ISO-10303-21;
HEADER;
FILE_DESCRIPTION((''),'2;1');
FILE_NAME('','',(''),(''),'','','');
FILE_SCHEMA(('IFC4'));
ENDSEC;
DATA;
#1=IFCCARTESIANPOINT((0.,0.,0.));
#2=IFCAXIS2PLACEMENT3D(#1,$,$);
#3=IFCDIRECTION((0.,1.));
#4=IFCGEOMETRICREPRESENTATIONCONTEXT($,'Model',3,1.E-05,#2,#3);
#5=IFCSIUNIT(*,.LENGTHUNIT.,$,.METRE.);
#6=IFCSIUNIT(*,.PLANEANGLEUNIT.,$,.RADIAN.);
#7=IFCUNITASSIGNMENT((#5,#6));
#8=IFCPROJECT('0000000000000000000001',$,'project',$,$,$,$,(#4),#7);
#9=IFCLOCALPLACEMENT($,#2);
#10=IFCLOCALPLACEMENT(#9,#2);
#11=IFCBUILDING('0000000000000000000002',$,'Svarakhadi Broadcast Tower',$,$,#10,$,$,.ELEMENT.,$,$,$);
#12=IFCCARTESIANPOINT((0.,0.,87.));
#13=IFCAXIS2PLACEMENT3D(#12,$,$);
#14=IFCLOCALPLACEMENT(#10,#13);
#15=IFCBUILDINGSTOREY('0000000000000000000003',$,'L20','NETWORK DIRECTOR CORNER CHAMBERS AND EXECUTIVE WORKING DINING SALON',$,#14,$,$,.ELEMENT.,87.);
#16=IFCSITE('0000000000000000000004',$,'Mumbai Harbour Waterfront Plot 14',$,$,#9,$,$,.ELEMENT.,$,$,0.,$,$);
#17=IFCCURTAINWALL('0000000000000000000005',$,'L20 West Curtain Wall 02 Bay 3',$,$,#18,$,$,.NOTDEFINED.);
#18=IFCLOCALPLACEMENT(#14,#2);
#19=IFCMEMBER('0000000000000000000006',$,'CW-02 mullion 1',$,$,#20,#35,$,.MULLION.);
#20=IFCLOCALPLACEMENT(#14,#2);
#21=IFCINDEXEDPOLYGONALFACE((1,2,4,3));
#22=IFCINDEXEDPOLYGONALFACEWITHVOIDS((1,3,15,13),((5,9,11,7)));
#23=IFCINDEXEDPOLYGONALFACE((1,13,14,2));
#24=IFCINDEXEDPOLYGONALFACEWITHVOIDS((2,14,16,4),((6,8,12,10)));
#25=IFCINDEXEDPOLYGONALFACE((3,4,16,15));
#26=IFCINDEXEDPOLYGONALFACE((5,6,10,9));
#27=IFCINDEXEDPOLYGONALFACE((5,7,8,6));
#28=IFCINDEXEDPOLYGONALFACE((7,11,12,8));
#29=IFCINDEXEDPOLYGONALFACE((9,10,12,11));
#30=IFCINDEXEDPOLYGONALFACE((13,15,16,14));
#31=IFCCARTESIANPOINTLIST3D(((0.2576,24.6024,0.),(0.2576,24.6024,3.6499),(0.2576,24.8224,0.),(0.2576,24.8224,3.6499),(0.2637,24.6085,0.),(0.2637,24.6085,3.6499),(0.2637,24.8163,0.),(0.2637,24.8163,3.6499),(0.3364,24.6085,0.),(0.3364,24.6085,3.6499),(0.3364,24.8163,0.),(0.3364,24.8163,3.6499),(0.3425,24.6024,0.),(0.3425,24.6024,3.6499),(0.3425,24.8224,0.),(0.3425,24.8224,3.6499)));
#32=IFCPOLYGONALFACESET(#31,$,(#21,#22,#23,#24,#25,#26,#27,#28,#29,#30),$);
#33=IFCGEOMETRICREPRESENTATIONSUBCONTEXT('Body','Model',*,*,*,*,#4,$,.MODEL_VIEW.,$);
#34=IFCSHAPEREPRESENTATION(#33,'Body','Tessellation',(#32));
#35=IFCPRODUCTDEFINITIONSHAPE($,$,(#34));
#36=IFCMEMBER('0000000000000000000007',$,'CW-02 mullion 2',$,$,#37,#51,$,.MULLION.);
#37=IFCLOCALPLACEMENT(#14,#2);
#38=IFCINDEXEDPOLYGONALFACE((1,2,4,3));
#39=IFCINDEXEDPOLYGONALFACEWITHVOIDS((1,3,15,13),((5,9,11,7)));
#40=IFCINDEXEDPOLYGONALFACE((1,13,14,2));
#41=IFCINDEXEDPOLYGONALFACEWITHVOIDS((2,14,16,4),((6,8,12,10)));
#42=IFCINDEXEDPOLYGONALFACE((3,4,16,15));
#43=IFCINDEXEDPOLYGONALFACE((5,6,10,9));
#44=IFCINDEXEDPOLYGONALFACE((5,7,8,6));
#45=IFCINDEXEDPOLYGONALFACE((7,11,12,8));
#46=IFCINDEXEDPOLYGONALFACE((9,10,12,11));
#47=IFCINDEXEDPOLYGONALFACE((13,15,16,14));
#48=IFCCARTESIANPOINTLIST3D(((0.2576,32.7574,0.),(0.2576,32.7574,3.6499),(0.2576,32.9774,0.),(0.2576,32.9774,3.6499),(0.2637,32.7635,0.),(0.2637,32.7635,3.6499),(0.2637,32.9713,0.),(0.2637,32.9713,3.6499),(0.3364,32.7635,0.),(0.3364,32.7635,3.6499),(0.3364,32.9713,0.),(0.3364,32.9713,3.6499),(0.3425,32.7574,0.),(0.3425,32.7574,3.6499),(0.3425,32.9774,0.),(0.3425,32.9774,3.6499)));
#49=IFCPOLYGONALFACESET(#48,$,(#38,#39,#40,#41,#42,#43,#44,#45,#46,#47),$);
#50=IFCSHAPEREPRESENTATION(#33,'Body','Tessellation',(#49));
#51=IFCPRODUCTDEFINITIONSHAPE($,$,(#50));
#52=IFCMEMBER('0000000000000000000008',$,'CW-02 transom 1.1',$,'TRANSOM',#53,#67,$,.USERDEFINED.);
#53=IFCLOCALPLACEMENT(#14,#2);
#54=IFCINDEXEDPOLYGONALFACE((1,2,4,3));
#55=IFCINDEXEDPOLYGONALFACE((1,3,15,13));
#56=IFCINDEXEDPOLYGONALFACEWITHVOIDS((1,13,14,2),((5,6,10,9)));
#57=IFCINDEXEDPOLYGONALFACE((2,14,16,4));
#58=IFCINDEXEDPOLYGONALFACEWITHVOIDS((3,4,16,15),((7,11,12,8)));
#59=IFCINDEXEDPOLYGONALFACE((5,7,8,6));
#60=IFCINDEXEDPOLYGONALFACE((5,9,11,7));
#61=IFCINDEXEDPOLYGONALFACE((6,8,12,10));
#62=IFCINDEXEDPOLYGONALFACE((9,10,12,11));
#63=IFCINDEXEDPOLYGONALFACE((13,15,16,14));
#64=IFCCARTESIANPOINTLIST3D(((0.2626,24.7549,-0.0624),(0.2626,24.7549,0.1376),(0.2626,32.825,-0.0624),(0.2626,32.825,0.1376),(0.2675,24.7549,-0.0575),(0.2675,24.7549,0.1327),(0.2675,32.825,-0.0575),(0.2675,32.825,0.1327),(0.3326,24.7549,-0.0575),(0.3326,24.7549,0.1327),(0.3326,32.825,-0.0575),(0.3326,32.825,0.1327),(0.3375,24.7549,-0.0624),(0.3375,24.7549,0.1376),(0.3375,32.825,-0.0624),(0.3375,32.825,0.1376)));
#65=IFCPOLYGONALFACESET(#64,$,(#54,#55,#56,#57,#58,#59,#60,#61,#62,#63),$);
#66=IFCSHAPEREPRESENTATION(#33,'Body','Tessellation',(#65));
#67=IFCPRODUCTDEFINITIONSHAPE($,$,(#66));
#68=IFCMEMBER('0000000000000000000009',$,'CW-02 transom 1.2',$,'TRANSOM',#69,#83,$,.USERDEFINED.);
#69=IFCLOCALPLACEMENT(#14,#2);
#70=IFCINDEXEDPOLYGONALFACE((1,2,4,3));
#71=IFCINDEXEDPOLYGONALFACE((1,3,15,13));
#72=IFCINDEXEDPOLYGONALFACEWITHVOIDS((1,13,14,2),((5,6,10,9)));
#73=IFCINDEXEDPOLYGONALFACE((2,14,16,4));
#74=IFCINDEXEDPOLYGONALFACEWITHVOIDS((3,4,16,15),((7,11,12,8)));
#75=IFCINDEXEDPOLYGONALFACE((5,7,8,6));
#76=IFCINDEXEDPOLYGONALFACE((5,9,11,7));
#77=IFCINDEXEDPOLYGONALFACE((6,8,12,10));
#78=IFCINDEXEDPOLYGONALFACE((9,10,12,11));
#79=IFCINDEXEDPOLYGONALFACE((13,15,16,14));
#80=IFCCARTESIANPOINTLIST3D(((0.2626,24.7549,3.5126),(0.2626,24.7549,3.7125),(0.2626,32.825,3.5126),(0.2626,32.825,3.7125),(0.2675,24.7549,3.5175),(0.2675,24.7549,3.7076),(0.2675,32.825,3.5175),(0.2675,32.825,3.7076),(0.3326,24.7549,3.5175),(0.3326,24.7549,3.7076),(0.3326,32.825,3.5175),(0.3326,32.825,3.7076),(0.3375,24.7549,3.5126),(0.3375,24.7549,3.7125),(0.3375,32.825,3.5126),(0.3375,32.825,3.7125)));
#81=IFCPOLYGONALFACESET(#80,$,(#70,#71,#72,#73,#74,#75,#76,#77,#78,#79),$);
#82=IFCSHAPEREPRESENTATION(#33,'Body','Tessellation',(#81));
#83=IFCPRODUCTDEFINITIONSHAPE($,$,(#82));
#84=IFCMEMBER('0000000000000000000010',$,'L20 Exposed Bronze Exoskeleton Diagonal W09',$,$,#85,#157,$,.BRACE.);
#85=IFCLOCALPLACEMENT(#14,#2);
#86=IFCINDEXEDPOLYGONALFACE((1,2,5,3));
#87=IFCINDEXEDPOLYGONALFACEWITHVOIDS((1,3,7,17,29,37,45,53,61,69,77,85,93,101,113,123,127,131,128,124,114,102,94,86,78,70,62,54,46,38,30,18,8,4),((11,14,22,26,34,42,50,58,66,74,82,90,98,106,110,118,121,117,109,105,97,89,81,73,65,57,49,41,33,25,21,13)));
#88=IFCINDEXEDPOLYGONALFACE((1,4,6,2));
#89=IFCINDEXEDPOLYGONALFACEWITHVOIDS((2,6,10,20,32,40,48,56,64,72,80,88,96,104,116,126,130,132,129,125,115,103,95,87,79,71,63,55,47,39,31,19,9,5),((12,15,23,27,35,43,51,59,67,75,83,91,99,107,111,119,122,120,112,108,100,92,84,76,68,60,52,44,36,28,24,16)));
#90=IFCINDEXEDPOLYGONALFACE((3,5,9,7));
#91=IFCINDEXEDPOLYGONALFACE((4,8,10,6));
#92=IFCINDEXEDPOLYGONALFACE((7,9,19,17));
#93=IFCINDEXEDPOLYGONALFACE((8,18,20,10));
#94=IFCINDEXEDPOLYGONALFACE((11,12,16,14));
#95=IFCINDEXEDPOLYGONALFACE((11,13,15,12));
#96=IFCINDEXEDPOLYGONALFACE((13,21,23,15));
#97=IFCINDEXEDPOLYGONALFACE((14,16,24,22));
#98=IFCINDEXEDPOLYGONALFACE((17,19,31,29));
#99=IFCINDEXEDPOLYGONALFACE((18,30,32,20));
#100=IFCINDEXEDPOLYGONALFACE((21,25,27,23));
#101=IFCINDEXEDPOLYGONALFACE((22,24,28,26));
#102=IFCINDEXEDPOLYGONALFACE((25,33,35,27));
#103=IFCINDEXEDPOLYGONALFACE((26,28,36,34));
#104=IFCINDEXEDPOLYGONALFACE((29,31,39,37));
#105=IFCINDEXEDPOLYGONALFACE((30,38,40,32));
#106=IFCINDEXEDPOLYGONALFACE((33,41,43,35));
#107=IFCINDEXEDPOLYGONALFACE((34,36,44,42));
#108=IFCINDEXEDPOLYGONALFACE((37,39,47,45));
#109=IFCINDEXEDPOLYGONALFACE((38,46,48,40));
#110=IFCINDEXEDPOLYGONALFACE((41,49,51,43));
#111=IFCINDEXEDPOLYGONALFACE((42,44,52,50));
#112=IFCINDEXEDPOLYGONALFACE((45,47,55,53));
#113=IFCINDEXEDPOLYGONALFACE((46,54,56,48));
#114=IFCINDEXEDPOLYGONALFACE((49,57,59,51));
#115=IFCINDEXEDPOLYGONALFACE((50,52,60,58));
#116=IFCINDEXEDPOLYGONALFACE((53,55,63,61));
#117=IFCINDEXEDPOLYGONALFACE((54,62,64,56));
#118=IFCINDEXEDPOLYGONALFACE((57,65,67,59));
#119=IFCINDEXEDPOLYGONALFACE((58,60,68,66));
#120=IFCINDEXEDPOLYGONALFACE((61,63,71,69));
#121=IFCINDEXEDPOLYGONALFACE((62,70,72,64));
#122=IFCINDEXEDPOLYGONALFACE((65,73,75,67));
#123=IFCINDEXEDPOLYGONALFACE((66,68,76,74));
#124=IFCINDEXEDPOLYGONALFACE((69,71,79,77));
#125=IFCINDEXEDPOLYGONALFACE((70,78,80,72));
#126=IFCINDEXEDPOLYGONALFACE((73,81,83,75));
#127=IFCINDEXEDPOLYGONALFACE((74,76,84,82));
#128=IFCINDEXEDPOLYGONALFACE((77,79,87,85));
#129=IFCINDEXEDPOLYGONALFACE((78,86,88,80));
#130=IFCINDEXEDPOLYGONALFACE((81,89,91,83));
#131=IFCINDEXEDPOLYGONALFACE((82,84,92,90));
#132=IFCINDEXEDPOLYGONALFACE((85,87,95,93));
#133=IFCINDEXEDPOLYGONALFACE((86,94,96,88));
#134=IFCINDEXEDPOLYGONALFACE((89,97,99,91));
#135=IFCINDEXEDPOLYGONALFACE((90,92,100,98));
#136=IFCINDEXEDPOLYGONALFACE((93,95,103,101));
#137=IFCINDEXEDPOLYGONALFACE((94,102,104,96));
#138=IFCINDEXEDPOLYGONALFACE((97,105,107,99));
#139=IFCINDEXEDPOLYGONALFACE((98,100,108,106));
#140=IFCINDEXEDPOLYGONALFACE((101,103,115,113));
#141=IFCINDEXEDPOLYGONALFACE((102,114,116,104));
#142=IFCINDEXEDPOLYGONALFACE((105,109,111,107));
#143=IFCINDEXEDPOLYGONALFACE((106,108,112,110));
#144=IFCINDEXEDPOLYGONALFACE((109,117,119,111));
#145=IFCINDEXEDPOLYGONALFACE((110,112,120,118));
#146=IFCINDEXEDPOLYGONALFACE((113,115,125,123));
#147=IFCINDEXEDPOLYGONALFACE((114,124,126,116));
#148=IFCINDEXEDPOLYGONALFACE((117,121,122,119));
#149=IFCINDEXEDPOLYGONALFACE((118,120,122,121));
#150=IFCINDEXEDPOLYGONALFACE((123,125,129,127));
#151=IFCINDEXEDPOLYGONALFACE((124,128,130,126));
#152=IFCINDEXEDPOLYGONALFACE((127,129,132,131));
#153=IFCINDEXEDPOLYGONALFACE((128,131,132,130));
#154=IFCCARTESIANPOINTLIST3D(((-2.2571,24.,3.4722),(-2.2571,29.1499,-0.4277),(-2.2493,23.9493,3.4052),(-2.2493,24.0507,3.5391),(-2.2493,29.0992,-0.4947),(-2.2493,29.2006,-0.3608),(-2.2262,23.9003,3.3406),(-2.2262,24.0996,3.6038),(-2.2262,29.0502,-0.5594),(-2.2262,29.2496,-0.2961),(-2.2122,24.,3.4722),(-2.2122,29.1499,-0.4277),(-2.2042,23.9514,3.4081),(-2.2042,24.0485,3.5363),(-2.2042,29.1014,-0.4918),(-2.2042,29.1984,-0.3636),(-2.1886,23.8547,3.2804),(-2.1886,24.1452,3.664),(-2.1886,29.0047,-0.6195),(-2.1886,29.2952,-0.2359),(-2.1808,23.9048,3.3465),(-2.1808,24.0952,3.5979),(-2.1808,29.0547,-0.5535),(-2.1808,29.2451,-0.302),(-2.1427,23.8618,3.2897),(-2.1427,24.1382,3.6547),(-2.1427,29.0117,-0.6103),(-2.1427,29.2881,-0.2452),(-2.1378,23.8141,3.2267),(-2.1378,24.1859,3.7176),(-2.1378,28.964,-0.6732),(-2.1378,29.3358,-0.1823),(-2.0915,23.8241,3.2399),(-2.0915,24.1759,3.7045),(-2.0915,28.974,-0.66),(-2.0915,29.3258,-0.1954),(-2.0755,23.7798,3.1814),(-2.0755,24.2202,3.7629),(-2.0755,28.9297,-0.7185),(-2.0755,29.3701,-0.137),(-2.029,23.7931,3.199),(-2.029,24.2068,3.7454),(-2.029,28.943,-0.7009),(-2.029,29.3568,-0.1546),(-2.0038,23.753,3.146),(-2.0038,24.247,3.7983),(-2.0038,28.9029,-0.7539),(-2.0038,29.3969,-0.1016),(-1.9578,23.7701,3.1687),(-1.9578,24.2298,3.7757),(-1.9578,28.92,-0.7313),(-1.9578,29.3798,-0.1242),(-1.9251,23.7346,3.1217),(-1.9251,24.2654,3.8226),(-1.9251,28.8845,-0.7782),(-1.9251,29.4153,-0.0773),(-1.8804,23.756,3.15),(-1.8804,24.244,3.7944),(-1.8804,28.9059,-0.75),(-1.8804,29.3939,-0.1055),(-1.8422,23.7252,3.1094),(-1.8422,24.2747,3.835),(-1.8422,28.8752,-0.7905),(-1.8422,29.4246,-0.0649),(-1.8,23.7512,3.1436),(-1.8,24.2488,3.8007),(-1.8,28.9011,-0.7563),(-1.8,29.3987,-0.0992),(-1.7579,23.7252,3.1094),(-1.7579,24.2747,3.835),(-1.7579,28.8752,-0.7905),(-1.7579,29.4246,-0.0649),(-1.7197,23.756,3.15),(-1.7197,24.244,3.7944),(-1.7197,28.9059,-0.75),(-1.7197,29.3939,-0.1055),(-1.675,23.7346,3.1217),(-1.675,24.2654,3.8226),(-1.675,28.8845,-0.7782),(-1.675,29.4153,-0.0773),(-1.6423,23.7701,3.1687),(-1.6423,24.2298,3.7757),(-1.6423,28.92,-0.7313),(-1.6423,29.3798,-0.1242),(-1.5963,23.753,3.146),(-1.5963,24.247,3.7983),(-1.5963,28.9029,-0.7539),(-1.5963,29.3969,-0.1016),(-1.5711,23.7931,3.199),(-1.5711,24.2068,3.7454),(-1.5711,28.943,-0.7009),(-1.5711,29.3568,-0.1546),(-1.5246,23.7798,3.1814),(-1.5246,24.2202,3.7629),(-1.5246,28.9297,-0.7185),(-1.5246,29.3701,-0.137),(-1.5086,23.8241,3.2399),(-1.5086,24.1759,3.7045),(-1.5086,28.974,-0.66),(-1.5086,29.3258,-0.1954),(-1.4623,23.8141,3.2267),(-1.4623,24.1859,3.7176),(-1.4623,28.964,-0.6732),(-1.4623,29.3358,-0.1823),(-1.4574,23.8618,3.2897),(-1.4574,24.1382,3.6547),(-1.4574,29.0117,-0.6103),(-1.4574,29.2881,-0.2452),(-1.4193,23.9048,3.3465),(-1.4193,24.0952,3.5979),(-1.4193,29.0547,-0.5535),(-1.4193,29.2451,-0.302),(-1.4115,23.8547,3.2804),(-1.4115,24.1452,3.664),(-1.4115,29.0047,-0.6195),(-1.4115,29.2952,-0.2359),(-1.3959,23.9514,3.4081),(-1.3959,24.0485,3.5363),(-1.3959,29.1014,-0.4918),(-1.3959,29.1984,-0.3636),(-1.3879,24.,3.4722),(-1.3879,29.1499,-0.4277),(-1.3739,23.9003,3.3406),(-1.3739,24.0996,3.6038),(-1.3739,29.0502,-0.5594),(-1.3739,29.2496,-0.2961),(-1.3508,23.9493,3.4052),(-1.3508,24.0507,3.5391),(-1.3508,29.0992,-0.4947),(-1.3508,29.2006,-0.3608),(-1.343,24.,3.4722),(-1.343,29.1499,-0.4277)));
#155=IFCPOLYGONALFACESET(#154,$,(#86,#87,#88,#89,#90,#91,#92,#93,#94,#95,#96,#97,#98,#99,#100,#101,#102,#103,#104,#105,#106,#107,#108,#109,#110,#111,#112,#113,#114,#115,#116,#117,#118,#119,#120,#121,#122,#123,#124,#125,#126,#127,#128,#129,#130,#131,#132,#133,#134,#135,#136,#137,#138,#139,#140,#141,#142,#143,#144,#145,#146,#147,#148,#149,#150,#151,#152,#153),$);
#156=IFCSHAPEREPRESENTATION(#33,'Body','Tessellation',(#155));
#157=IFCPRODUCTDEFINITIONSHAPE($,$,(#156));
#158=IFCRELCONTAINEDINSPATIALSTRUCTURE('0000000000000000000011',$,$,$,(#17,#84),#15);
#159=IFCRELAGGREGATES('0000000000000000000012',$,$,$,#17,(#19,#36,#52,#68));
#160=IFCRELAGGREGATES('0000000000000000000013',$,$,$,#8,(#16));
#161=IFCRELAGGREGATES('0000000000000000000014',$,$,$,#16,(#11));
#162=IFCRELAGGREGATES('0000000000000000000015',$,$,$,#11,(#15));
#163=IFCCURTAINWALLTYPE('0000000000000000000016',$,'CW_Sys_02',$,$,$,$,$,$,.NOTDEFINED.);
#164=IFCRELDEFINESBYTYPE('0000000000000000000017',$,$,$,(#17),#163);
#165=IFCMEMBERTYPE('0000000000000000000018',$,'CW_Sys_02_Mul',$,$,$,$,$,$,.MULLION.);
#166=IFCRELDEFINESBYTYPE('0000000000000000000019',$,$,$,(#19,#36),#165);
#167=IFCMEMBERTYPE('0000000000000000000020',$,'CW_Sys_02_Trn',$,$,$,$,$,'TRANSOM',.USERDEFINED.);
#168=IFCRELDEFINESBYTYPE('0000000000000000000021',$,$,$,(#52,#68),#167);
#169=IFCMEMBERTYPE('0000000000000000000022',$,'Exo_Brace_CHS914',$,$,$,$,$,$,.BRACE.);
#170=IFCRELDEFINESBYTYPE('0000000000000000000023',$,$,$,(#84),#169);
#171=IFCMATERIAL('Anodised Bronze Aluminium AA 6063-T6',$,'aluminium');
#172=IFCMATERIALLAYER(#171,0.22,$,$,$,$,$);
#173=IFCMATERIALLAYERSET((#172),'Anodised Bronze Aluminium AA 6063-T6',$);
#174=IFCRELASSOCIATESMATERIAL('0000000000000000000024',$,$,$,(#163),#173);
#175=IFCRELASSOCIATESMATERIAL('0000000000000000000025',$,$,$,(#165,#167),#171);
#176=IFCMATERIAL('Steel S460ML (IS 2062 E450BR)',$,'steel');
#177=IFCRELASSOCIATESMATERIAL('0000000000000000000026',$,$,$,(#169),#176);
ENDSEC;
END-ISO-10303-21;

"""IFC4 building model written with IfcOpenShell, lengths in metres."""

from ifc_helpers import new_model, si_unit, direction, frame, origin, origin_2d, place, context, subcontext, project, spatial, hollow_rectangle, hollow_circle, extrude, material, layer, layer_set, material_profile, profile_set, type_object, element, aggregate, save


model = new_model("IFC4")

# Units and contexts
model_context = context("Model", 3, precision=1e-05, world=origin(), true_north=direction((0.0, 1.0)))
body_context = subcontext(model_context, "Body", "Model", "MODEL_VIEW")
ifc_project = project(units=[si_unit("LENGTHUNIT", "METRE"), si_unit("PLANEANGLEUNIT", "RADIAN")], contexts=[model_context])

# Site, building, storey
site_placement = place(None, origin())
site = spatial("IfcSite", under=ifc_project, at=site_placement, Name="Mumbai Harbour Waterfront Plot 14", CompositionType="ELEMENT", RefElevation=0.0)
building_placement = place(site_placement, origin())
building = spatial("IfcBuilding", under=site, at=building_placement, Name="Svarakhadi Broadcast Tower", CompositionType="ELEMENT")
storey_placement = place(building_placement, frame((0.0, 0.0, 87.0)))
storey = spatial("IfcBuildingStorey", under=building, at=storey_placement, Name="L20", Description="NETWORK DIRECTOR CORNER CHAMBERS AND EXECUTIVE WORKING DINING SALON", CompositionType="ELEMENT", Elevation=87.0)

# Shared definitions
ifc_material_1 = material(Name="Steel S460ML (IS 2062 E450BR)", Category="steel")

# Curtain wall, members
ifc_material_2 = material(Name="Anodised Bronze Aluminium AA 6063-T6", Category="aluminium")
ifc_layer_1 = layer(ifc_material_2, 0.22)
ifc_layer_set_1 = layer_set([ifc_layer_1], Name="Anodised Bronze Aluminium AA 6063-T6")
curtain_wall_type = type_object("IfcCurtainWallType", Name="CW_Sys_02", PredefinedType="NOTDEFINED", material=ifc_layer_set_1)
curtain_wall_placement = place(storey_placement, origin())
curtain_wall = element("IfcCurtainWall", 1, at=curtain_wall_placement, inside=storey, type_object=curtain_wall_type, Name="L20 West Curtain Wall 02 Bay 3", PredefinedType="NOTDEFINED")
ifc_material_profile_1 = material_profile(ifc_material_2, hollow_rectangle(XDim=0.085, YDim=0.22, WallThickness=0.0061, at=origin_2d()), Name="ALU MULLION 220x85x6")
ifc_profile_set_1 = profile_set([ifc_material_profile_1], Name="Anodised Bronze Aluminium AA 6063-T6")
member_type_1 = type_object("IfcMemberType", Name="CW_Sys_02_Mul", PredefinedType="MULLION", material=ifc_profile_set_1)
member_1_placement = place(storey_placement, frame((0.3, 24.7124, 0.0), z_axis=(0.0, 0.0, 1.0), x_axis=(-1.0, 0.0, 0.0)))
member_1 = element("IfcMember", 2, at=member_1_placement, type_object=member_type_1, Name="CW-02 mullion 1", PredefinedType="MULLION", context=body_context, shape_type="SweptSolid", body=[
    extrude(hollow_rectangle(XDim=0.085, YDim=0.22, WallThickness=0.0061, at=origin_2d()), origin(), (0.0, 0.0, 1.0), 3.6499),
])
member_2_placement = place(storey_placement, frame((0.3, 32.8674, 0.0), z_axis=(0.0, 0.0, 1.0), x_axis=(-1.0, 0.0, 0.0)))
member_2 = element("IfcMember", 3, at=member_2_placement, type_object=member_type_1, Name="CW-02 mullion 2", PredefinedType="MULLION", context=body_context, shape_type="SweptSolid", body=[
    extrude(hollow_rectangle(XDim=0.085, YDim=0.22, WallThickness=0.0061, at=origin_2d()), origin(), (0.0, 0.0, 1.0), 3.6499),
])
ifc_material_profile_2 = material_profile(ifc_material_2, hollow_rectangle(XDim=0.075, YDim=0.2, WallThickness=0.0049, at=origin_2d()), Name="ALU TRANSOM 200x75x5")
ifc_profile_set_2 = profile_set([ifc_material_profile_2], Name="Anodised Bronze Aluminium AA 6063-T6")
member_type_2 = type_object("IfcMemberType", Name="CW_Sys_02_Trn", ElementType="TRANSOM", PredefinedType="USERDEFINED", material=ifc_profile_set_2)
member_3_placement = place(storey_placement, frame((0.3, 24.7549, 0.0376), z_axis=(0.0, 1.0, 0.0), x_axis=(-1.0, 0.0, 0.0)))
member_3 = element("IfcMember", 4, at=member_3_placement, type_object=member_type_2, Name="CW-02 transom 1.1", ObjectType="TRANSOM", PredefinedType="USERDEFINED", context=body_context, shape_type="SweptSolid", body=[
    extrude(hollow_rectangle(XDim=0.075, YDim=0.2, WallThickness=0.0049, at=origin_2d()), origin(), (0.0, 0.0, 1.0), 8.0701),
])
member_4_placement = place(storey_placement, frame((0.3, 24.7549, 3.6125), z_axis=(0.0, 1.0, 0.0), x_axis=(-1.0, 0.0, 0.0)))
member_4 = element("IfcMember", 5, at=member_4_placement, type_object=member_type_2, Name="CW-02 transom 1.2", ObjectType="TRANSOM", PredefinedType="USERDEFINED", context=body_context, shape_type="SweptSolid", body=[
    extrude(hollow_rectangle(XDim=0.075, YDim=0.2, WallThickness=0.0049, at=origin_2d()), origin(), (0.0, 0.0, 1.0), 8.0701),
])

# Member
ifc_material_profile_3 = material_profile(ifc_material_1, hollow_circle(Radius=0.457, WallThickness=0.0449, at=origin_2d()), Name="CHS 914x45")
ifc_profile_set_3 = profile_set([ifc_material_profile_3], Name="Steel S460ML (IS 2062 E450BR)")
member_type_3 = type_object("IfcMemberType", Name="Exo_Brace_CHS914", PredefinedType="BRACE", material=ifc_profile_set_3)
member_5_placement = place(storey_placement, frame((-1.8, 29.1499, -0.4277), z_axis=(0.0, -0.797207, 0.603706), x_axis=(1.0, 0.0, 0.0)))
element("IfcMember", 6, at=member_5_placement, inside=storey, type_object=member_type_3, Name="L20 Exposed Bronze Exoskeleton Diagonal W09", PredefinedType="BRACE", context=body_context, shape_type="SweptSolid", body=[
    extrude(hollow_circle(Radius=0.457, WallThickness=0.0449, at=origin_2d()), origin(), (0.0, 0.0, 1.0), 6.46),
])

aggregate(curtain_wall, [member_1, member_2, member_3, member_4])

save(model, "model.ifc")
